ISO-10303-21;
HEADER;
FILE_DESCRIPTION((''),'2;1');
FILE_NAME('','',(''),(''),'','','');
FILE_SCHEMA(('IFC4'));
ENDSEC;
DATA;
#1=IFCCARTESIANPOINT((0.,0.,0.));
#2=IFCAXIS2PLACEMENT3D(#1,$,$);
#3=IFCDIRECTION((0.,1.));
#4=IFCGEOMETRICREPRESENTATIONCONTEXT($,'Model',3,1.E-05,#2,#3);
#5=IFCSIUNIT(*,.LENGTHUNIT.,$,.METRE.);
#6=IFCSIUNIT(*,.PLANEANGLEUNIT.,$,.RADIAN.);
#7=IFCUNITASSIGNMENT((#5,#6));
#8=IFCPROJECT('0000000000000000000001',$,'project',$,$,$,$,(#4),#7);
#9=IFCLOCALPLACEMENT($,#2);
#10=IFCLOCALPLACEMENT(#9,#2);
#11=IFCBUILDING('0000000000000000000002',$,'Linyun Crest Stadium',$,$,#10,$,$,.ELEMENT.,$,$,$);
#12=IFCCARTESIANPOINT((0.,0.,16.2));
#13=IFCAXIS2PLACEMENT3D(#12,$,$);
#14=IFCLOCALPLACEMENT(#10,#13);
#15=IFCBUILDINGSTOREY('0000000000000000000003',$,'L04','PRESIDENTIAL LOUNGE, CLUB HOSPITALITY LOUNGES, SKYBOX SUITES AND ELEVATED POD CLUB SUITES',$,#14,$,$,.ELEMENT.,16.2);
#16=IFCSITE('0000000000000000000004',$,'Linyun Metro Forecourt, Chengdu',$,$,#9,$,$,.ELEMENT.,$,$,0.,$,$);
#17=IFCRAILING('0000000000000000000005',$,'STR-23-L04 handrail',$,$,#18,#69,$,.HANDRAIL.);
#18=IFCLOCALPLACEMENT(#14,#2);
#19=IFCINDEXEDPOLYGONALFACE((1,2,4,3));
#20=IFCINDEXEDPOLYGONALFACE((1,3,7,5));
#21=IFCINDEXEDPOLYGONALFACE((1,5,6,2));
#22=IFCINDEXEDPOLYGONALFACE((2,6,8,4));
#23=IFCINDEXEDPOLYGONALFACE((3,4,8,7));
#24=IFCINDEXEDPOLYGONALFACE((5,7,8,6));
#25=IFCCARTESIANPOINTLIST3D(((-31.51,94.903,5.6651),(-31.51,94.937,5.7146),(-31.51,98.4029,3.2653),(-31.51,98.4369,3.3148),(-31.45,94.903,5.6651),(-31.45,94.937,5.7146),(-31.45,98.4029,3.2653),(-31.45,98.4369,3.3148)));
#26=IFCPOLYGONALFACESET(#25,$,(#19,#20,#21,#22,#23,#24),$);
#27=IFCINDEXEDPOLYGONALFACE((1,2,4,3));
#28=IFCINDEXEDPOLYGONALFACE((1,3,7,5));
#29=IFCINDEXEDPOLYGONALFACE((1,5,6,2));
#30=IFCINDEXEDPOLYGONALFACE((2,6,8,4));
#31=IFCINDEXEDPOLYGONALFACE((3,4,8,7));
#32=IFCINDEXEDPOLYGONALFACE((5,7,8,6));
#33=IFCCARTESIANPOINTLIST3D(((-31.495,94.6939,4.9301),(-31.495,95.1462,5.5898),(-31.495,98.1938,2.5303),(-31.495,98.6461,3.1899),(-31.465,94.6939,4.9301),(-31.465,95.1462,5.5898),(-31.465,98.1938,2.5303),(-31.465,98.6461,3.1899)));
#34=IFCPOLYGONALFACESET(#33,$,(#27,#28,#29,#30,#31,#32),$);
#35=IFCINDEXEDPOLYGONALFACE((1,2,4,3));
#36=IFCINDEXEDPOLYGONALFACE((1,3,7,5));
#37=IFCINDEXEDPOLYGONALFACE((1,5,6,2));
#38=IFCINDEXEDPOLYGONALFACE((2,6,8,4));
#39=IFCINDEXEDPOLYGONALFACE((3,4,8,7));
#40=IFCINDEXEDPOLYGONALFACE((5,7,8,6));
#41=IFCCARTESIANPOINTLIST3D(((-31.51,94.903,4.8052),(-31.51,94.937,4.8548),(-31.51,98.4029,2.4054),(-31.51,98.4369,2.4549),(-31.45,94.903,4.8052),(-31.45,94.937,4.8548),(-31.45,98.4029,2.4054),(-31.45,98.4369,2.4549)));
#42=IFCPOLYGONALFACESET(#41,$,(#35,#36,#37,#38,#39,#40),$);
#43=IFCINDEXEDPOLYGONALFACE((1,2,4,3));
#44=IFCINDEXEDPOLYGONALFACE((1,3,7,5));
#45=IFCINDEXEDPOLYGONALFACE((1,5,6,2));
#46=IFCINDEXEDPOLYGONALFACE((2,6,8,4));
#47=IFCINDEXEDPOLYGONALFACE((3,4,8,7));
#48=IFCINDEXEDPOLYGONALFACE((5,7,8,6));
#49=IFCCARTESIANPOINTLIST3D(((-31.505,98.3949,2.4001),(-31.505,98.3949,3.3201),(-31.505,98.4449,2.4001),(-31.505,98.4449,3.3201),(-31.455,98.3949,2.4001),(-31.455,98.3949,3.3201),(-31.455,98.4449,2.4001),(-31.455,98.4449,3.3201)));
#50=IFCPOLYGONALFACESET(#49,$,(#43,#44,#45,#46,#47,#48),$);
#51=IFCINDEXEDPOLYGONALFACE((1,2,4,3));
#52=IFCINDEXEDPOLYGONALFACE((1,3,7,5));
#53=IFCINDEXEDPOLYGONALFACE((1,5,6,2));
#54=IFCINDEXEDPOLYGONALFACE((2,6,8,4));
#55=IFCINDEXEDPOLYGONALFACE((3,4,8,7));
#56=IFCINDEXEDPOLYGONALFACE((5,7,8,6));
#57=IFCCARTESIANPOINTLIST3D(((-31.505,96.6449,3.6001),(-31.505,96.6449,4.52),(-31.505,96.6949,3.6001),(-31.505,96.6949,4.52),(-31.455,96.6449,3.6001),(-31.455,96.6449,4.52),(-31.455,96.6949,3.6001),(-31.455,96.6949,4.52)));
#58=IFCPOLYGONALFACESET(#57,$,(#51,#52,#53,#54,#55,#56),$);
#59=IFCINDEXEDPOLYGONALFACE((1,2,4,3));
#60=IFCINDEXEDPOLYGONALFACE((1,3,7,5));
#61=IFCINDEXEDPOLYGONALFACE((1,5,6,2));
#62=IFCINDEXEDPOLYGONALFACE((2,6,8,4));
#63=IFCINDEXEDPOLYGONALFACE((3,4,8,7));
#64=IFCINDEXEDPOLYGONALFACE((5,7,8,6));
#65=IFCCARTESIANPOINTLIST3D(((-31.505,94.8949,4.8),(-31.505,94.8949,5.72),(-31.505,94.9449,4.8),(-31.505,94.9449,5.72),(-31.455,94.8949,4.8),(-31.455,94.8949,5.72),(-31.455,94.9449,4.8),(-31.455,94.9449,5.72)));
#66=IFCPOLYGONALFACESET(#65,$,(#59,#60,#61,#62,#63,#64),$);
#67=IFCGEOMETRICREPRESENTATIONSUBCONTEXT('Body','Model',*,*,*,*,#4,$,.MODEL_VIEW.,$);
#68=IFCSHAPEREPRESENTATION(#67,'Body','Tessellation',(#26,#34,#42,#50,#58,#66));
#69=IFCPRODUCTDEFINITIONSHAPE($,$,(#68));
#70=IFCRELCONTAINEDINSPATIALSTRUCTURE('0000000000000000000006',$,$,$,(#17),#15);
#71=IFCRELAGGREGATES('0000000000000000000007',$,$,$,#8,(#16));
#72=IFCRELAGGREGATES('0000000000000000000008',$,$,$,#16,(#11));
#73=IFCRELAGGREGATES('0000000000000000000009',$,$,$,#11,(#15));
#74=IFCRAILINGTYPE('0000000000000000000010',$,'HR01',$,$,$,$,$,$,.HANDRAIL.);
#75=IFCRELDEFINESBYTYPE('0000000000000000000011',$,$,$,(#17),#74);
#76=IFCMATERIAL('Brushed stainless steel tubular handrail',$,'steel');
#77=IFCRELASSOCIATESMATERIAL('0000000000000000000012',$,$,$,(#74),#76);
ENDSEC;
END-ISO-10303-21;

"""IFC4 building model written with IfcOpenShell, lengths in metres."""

from ifc_helpers import new_model, si_unit, direction, frame, origin, origin_2d, place, context, subcontext, project, spatial, rectangle, extrude, material, type_object, element, save


model = new_model("IFC4")

# Units and contexts
model_context = context("Model", 3, precision=1e-05, world=origin(), true_north=direction((0.0, 1.0)))
body_context = subcontext(model_context, "Body", "Model", "MODEL_VIEW")
ifc_project = project(units=[si_unit("LENGTHUNIT", "METRE"), si_unit("PLANEANGLEUNIT", "RADIAN")], contexts=[model_context])

# Site, building, storey
site_placement = place(None, origin())
site = spatial("IfcSite", under=ifc_project, at=site_placement, Name="Linyun Metro Forecourt, Chengdu", CompositionType="ELEMENT", RefElevation=0.0)
building_placement = place(site_placement, origin())
building = spatial("IfcBuilding", under=site, at=building_placement, Name="Linyun Crest Stadium", CompositionType="ELEMENT")
storey_placement = place(building_placement, frame((0.0, 0.0, 16.2)))
storey = spatial("IfcBuildingStorey", under=building, at=storey_placement, Name="L04", Description="PRESIDENTIAL LOUNGE, CLUB HOSPITALITY LOUNGES, SKYBOX SUITES AND ELEVATED POD CLUB SUITES", CompositionType="ELEMENT", Elevation=16.2)

# Railing
ifc_material_1 = material(Name="Brushed stainless steel tubular handrail", Category="steel")
railing_type_1 = type_object("IfcRailingType", Name="HR01", PredefinedType="HANDRAIL", material=ifc_material_1)
railing_1_placement = place(storey_placement, frame((-31.48, 98.4199, 2.4001)))
element("IfcRailing", 1, at=railing_1_placement, inside=storey, type_object=railing_type_1, Name="STR-23-L04 handrail", PredefinedType="HANDRAIL", context=body_context, shape_type="SweptSolid", body=[
    extrude(rectangle(XDim=0.0601, YDim=0.0601, at=origin_2d()), frame((0.0, 0.0, 0.8899), z_axis=(0.0, -0.82474, 0.565513), x_axis=(1.0, 0.0, 0.0)), (0.0, 0.0, 1.0), 4.2437),
    extrude(rectangle(XDim=0.03, YDim=0.7998, at=origin_2d()), frame((0.0, 0.0, 0.46), z_axis=(0.0, -0.82474, 0.565513), x_axis=(1.0, 0.0, 0.0)), (0.0, 0.0, 1.0), 4.2437),
    extrude(rectangle(XDim=0.0601, YDim=0.0601, at=origin_2d()), frame((0.0, 0.0, 0.03), z_axis=(0.0, -0.82474, 0.565513), x_axis=(1.0, 0.0, 0.0)), (0.0, 0.0, 1.0), 4.2437),
    extrude(rectangle(XDim=0.05, YDim=0.05, at=origin_2d()), origin(), (0.0, 0.0, 1.0), 0.9199),
    extrude(rectangle(XDim=0.05, YDim=0.05, at=origin_2d()), frame((0.0, -1.75, 1.2)), (0.0, 0.0, 1.0), 0.9199),
    extrude(rectangle(XDim=0.05, YDim=0.05, at=origin_2d()), frame((0.0, -3.5, 2.3999)), (0.0, 0.0, 1.0), 0.9199),
])

save(model, "model.ifc")
